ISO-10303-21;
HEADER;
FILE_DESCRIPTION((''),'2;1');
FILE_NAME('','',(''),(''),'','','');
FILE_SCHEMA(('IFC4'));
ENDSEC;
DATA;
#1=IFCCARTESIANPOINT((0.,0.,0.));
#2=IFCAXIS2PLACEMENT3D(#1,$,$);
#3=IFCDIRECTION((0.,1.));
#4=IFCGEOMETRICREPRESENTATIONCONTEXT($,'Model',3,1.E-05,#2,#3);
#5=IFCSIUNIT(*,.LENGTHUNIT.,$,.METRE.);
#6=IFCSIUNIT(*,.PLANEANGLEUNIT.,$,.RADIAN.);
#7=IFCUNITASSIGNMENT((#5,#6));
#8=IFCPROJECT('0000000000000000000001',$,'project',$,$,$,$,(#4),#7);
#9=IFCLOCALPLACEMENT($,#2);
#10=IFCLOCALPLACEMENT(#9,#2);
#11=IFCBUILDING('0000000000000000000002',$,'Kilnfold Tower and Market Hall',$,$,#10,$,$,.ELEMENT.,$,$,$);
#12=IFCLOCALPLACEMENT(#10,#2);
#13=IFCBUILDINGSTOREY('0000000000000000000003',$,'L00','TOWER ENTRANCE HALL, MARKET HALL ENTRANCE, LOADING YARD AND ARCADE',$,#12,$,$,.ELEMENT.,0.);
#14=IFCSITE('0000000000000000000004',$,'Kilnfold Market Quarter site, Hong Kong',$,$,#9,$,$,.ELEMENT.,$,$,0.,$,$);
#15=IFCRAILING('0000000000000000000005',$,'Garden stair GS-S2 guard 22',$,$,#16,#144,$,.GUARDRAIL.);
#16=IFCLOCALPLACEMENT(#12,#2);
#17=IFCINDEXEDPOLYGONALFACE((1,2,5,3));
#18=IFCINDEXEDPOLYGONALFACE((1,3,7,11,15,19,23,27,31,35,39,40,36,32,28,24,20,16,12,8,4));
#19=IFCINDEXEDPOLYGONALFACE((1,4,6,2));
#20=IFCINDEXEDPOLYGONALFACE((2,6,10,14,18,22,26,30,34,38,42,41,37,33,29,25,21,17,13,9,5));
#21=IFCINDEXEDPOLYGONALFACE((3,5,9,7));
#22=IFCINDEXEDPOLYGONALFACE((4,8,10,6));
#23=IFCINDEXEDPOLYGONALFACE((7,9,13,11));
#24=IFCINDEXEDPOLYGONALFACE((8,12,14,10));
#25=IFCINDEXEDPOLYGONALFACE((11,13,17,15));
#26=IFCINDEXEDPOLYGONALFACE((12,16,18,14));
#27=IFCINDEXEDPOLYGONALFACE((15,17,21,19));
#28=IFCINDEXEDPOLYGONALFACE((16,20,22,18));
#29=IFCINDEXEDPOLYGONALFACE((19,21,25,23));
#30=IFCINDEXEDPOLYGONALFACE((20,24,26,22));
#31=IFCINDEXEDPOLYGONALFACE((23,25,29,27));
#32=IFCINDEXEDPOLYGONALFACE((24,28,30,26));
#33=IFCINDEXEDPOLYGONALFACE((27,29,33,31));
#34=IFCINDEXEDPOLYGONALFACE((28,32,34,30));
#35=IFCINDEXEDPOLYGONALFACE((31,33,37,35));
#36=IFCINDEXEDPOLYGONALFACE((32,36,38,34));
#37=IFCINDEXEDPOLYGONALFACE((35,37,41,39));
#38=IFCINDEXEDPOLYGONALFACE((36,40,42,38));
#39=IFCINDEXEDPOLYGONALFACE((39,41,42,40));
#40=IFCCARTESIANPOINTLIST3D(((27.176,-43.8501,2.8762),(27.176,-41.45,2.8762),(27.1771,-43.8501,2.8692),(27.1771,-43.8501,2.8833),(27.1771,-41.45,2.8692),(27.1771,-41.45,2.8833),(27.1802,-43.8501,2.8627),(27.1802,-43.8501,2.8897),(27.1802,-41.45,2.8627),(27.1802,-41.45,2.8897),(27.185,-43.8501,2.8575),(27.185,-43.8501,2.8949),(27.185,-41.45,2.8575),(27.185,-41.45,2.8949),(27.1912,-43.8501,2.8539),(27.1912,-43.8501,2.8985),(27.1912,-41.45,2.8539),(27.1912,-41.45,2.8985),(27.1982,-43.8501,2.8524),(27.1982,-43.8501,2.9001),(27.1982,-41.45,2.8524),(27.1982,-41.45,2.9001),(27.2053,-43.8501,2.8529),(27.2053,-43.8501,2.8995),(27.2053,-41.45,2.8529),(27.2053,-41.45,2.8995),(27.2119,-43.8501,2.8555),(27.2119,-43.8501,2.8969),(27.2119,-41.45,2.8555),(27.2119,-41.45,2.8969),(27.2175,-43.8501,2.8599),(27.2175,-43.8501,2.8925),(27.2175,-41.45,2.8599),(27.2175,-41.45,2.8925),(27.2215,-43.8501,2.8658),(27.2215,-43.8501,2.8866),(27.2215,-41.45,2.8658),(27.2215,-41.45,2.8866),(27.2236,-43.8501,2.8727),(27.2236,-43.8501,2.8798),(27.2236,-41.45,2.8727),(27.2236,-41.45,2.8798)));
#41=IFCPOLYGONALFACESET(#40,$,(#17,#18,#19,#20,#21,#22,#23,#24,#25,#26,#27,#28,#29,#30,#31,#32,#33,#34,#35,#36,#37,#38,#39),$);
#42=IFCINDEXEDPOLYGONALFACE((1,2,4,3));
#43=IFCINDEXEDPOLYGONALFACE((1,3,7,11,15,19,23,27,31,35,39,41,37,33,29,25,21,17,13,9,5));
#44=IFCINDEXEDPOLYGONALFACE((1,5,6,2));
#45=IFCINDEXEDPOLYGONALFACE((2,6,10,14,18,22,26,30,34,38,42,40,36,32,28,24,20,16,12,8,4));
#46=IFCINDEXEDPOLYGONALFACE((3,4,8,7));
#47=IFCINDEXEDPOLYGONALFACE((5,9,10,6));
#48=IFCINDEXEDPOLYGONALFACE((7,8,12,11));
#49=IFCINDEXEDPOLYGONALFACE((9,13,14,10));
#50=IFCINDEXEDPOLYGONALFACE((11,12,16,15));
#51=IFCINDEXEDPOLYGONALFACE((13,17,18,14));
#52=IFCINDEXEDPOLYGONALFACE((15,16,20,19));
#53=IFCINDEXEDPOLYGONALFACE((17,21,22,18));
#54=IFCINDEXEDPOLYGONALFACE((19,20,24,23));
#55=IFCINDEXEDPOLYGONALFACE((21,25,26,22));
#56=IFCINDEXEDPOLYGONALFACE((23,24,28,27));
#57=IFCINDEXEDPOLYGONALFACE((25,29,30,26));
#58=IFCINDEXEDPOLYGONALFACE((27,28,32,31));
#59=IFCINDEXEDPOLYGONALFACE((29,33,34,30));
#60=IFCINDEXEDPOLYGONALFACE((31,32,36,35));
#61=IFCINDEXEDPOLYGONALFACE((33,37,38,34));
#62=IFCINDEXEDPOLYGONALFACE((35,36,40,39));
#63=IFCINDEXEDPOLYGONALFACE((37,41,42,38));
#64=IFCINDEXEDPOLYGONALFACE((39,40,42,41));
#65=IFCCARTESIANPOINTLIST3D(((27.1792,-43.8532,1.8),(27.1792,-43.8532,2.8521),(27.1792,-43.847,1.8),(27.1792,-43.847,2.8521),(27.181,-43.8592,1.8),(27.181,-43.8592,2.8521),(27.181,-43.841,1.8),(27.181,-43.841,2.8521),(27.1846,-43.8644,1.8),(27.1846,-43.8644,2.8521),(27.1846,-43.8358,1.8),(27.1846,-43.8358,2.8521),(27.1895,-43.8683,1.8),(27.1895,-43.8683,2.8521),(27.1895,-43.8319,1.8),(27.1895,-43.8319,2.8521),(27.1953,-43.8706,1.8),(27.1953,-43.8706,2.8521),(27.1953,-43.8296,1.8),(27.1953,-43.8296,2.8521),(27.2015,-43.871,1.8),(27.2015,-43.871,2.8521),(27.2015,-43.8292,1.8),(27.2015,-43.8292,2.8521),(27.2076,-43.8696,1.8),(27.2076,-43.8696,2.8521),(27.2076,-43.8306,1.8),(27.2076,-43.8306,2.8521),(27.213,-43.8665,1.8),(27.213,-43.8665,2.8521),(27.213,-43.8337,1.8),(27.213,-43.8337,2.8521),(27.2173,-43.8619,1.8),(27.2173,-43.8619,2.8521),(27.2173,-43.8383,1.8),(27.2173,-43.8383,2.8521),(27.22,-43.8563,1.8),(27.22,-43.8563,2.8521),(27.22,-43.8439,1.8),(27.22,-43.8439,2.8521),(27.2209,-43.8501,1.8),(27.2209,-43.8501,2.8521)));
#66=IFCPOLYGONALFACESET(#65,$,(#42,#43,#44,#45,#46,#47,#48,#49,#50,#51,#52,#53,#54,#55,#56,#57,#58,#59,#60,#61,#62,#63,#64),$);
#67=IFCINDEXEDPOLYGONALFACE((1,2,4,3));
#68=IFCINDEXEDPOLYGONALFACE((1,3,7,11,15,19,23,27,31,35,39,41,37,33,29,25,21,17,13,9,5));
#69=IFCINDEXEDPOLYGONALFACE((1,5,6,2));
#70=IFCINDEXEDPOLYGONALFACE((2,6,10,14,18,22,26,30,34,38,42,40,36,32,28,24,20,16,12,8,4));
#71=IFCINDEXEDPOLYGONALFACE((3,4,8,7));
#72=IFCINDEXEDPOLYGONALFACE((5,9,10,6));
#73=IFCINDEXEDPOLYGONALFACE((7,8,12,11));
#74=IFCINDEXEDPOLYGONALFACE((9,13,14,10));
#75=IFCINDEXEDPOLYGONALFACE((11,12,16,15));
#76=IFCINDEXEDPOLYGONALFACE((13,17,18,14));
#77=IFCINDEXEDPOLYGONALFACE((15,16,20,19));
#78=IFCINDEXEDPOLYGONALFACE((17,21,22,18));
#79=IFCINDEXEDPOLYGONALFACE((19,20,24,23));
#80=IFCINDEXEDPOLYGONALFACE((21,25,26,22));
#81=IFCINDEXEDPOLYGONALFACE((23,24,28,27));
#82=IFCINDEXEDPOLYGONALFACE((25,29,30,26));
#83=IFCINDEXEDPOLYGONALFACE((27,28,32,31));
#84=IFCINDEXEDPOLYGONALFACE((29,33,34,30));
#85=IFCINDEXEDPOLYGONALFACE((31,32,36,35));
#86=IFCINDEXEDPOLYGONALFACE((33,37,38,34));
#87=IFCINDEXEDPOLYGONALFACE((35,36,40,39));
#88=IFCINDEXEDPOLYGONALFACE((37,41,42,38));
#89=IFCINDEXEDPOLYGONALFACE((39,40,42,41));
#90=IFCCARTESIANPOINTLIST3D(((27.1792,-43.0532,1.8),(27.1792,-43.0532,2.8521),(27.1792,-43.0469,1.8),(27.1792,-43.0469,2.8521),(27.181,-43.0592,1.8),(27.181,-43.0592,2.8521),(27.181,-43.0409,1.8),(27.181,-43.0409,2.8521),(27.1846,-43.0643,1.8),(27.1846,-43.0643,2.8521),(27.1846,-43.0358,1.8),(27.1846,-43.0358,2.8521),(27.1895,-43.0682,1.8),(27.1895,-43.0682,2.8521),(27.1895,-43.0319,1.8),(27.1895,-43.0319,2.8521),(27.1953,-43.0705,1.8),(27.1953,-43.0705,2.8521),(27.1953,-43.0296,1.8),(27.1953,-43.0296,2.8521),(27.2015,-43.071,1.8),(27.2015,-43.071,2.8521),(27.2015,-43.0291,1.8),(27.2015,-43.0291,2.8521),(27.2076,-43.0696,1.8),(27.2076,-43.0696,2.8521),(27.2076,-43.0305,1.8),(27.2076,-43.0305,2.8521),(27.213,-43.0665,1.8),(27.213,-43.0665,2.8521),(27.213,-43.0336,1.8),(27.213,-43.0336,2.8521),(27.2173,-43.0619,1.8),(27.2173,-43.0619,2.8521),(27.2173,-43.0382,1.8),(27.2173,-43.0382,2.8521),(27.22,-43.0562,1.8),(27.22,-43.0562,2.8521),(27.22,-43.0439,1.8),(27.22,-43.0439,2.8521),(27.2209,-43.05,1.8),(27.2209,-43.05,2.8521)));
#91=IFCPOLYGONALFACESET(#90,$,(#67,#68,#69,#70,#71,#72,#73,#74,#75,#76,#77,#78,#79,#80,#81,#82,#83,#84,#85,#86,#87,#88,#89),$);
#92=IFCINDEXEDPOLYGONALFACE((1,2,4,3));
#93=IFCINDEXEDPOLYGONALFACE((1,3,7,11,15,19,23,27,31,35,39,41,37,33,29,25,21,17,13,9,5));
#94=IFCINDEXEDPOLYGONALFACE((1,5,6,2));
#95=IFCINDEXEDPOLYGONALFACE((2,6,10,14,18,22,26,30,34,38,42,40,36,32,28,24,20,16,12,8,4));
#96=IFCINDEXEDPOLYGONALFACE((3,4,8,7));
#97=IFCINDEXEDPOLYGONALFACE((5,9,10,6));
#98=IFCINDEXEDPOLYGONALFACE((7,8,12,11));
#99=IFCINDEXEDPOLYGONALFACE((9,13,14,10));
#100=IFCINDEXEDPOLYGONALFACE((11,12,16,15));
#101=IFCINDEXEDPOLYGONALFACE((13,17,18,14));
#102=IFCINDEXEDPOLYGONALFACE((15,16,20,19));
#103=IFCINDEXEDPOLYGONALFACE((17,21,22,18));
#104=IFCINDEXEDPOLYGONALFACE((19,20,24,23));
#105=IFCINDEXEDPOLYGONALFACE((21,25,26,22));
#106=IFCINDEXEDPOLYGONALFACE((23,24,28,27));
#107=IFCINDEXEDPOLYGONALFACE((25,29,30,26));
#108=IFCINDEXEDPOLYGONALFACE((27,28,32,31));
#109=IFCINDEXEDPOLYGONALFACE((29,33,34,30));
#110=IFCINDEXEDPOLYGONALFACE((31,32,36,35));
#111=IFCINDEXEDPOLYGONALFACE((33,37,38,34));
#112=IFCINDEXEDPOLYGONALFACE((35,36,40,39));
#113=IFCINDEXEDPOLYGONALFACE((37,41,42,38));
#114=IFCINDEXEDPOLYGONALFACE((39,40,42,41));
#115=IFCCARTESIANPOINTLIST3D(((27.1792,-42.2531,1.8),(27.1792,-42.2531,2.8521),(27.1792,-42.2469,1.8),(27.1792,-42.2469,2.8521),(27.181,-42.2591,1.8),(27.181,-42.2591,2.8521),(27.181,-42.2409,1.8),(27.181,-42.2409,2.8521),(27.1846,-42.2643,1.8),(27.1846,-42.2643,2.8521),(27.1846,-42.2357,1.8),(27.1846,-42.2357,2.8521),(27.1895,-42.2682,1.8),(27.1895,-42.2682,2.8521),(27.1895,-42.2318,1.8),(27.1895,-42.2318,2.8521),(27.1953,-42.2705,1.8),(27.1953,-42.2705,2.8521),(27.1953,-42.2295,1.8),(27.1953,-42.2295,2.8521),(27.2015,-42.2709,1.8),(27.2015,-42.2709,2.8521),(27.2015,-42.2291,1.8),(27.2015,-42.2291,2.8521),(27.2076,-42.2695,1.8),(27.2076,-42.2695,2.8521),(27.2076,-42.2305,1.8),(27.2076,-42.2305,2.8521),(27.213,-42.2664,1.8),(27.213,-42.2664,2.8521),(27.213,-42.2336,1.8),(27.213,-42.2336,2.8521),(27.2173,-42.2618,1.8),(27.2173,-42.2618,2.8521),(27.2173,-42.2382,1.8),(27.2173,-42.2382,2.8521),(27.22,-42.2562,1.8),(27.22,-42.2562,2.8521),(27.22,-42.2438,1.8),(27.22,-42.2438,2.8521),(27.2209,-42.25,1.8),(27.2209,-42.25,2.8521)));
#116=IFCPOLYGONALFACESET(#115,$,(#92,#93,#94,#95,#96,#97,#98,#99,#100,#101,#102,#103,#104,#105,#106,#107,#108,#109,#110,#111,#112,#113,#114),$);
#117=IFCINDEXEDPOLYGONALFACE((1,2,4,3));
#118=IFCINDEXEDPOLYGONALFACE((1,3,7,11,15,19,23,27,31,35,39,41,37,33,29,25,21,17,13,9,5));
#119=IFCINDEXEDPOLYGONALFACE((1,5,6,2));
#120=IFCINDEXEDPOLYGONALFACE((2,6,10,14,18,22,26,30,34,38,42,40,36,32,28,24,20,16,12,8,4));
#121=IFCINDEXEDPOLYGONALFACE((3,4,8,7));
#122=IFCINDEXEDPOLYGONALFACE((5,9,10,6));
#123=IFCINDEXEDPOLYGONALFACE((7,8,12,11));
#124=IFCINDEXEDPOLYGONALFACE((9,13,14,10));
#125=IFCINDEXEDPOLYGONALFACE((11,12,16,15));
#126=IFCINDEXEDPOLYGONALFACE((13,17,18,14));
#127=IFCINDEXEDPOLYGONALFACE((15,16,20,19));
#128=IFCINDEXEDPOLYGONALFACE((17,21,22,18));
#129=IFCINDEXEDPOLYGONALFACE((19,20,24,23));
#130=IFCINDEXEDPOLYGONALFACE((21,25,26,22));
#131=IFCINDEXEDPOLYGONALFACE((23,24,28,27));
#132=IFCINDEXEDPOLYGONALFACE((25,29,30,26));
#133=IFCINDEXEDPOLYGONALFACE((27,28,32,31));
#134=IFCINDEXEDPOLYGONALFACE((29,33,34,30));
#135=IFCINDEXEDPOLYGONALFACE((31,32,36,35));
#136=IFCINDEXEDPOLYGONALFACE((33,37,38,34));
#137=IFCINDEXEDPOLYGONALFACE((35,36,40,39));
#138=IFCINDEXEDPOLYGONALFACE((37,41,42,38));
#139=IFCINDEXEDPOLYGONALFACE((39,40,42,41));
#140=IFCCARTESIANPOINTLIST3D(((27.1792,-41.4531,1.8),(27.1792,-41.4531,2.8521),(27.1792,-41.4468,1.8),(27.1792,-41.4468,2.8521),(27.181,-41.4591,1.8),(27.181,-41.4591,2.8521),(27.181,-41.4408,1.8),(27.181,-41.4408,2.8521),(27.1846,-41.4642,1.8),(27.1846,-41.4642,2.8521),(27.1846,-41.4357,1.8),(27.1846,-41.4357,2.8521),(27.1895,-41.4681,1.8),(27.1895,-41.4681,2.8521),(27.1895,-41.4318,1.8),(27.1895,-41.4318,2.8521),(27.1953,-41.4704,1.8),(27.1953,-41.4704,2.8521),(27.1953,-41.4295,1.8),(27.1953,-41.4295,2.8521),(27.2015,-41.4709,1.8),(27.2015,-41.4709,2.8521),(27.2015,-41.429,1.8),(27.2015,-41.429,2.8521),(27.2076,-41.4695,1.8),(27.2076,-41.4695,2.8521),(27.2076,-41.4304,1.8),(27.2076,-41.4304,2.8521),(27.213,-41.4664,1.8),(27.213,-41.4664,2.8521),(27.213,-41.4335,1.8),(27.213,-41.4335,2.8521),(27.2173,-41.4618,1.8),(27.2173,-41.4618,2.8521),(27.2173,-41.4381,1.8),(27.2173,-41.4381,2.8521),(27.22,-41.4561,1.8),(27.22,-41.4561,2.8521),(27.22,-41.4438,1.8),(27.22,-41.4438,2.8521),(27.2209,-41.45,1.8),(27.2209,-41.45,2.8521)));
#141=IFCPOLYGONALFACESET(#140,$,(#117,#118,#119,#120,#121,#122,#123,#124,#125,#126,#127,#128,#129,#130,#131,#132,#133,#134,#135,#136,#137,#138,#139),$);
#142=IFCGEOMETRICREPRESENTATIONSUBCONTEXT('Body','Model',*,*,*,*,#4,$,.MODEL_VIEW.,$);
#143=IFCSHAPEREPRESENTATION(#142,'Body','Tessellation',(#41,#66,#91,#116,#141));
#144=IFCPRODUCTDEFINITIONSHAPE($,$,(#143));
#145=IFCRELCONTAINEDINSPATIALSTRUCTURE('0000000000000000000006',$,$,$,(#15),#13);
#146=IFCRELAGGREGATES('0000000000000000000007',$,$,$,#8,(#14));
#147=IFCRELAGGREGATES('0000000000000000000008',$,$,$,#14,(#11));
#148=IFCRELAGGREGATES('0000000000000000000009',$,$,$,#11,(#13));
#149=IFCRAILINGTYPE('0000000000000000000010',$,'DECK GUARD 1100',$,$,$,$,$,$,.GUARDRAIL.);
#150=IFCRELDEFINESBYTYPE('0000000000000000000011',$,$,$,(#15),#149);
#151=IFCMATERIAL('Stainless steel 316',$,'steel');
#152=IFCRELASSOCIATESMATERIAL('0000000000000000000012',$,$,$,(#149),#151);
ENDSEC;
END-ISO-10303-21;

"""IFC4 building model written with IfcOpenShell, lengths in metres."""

from ifc_helpers import new_model, si_unit, direction, frame, origin, origin_2d, place, context, subcontext, project, spatial, circle, extrude, material, type_object, element, save


model = new_model("IFC4")

# Units and contexts
model_context = context("Model", 3, precision=1e-05, world=origin(), true_north=direction((0.0, 1.0)))
body_context = subcontext(model_context, "Body", "Model", "MODEL_VIEW")
ifc_project = project(units=[si_unit("LENGTHUNIT", "METRE"), si_unit("PLANEANGLEUNIT", "RADIAN")], contexts=[model_context])

# Site, building, storey
site_placement = place(None, origin())
site = spatial("IfcSite", under=ifc_project, at=site_placement, Name="Kilnfold Market Quarter site, Hong Kong", CompositionType="ELEMENT", RefElevation=0.0)
building_placement = place(site_placement, origin())
building = spatial("IfcBuilding", under=site, at=building_placement, Name="Kilnfold Tower and Market Hall", CompositionType="ELEMENT")
storey_placement = place(building_placement, origin())
storey = spatial("IfcBuildingStorey", under=building, at=storey_placement, Name="L00", Description="TOWER ENTRANCE HALL, MARKET HALL ENTRANCE, LOADING YARD AND ARCADE", CompositionType="ELEMENT", Elevation=0.0)

# Railing
ifc_material_1 = material(Name="Stainless steel 316", Category="steel")
railing_type_1 = type_object("IfcRailingType", Name="DECK GUARD 1100", PredefinedType="GUARDRAIL", material=ifc_material_1)
railing_1_placement = place(storey_placement, frame((27.2, -43.8501, 1.8)))
element("IfcRailing", 1, at=railing_1_placement, inside=storey, type_object=railing_type_1, Name="Garden stair GS-S2 guard 22", PredefinedType="GUARDRAIL", context=body_context, shape_type="SweptSolid", body=[
    extrude(circle(Radius=0.0239, at=origin_2d()), frame((0.0, 0.0, 1.0762), z_axis=(0.0, 1.0, 0.0), x_axis=(-1.0, 0.0, 0.0)), (0.0, 0.0, 1.0), 2.4001),
    extrude(circle(Radius=0.021, at=origin_2d()), origin(), (0.0, 0.0, 1.0), 1.052),
    extrude(circle(Radius=0.021, at=origin_2d()), frame((0.0, 0.8, 0.0)), (0.0, 0.0, 1.0), 1.052),
    extrude(circle(Radius=0.021, at=origin_2d()), frame((0.0, 1.6001, 0.0)), (0.0, 0.0, 1.0), 1.052),
    extrude(circle(Radius=0.021, at=origin_2d()), frame((0.0, 2.4001, 0.0)), (0.0, 0.0, 1.0), 1.052),
])

save(model, "model.ifc")
